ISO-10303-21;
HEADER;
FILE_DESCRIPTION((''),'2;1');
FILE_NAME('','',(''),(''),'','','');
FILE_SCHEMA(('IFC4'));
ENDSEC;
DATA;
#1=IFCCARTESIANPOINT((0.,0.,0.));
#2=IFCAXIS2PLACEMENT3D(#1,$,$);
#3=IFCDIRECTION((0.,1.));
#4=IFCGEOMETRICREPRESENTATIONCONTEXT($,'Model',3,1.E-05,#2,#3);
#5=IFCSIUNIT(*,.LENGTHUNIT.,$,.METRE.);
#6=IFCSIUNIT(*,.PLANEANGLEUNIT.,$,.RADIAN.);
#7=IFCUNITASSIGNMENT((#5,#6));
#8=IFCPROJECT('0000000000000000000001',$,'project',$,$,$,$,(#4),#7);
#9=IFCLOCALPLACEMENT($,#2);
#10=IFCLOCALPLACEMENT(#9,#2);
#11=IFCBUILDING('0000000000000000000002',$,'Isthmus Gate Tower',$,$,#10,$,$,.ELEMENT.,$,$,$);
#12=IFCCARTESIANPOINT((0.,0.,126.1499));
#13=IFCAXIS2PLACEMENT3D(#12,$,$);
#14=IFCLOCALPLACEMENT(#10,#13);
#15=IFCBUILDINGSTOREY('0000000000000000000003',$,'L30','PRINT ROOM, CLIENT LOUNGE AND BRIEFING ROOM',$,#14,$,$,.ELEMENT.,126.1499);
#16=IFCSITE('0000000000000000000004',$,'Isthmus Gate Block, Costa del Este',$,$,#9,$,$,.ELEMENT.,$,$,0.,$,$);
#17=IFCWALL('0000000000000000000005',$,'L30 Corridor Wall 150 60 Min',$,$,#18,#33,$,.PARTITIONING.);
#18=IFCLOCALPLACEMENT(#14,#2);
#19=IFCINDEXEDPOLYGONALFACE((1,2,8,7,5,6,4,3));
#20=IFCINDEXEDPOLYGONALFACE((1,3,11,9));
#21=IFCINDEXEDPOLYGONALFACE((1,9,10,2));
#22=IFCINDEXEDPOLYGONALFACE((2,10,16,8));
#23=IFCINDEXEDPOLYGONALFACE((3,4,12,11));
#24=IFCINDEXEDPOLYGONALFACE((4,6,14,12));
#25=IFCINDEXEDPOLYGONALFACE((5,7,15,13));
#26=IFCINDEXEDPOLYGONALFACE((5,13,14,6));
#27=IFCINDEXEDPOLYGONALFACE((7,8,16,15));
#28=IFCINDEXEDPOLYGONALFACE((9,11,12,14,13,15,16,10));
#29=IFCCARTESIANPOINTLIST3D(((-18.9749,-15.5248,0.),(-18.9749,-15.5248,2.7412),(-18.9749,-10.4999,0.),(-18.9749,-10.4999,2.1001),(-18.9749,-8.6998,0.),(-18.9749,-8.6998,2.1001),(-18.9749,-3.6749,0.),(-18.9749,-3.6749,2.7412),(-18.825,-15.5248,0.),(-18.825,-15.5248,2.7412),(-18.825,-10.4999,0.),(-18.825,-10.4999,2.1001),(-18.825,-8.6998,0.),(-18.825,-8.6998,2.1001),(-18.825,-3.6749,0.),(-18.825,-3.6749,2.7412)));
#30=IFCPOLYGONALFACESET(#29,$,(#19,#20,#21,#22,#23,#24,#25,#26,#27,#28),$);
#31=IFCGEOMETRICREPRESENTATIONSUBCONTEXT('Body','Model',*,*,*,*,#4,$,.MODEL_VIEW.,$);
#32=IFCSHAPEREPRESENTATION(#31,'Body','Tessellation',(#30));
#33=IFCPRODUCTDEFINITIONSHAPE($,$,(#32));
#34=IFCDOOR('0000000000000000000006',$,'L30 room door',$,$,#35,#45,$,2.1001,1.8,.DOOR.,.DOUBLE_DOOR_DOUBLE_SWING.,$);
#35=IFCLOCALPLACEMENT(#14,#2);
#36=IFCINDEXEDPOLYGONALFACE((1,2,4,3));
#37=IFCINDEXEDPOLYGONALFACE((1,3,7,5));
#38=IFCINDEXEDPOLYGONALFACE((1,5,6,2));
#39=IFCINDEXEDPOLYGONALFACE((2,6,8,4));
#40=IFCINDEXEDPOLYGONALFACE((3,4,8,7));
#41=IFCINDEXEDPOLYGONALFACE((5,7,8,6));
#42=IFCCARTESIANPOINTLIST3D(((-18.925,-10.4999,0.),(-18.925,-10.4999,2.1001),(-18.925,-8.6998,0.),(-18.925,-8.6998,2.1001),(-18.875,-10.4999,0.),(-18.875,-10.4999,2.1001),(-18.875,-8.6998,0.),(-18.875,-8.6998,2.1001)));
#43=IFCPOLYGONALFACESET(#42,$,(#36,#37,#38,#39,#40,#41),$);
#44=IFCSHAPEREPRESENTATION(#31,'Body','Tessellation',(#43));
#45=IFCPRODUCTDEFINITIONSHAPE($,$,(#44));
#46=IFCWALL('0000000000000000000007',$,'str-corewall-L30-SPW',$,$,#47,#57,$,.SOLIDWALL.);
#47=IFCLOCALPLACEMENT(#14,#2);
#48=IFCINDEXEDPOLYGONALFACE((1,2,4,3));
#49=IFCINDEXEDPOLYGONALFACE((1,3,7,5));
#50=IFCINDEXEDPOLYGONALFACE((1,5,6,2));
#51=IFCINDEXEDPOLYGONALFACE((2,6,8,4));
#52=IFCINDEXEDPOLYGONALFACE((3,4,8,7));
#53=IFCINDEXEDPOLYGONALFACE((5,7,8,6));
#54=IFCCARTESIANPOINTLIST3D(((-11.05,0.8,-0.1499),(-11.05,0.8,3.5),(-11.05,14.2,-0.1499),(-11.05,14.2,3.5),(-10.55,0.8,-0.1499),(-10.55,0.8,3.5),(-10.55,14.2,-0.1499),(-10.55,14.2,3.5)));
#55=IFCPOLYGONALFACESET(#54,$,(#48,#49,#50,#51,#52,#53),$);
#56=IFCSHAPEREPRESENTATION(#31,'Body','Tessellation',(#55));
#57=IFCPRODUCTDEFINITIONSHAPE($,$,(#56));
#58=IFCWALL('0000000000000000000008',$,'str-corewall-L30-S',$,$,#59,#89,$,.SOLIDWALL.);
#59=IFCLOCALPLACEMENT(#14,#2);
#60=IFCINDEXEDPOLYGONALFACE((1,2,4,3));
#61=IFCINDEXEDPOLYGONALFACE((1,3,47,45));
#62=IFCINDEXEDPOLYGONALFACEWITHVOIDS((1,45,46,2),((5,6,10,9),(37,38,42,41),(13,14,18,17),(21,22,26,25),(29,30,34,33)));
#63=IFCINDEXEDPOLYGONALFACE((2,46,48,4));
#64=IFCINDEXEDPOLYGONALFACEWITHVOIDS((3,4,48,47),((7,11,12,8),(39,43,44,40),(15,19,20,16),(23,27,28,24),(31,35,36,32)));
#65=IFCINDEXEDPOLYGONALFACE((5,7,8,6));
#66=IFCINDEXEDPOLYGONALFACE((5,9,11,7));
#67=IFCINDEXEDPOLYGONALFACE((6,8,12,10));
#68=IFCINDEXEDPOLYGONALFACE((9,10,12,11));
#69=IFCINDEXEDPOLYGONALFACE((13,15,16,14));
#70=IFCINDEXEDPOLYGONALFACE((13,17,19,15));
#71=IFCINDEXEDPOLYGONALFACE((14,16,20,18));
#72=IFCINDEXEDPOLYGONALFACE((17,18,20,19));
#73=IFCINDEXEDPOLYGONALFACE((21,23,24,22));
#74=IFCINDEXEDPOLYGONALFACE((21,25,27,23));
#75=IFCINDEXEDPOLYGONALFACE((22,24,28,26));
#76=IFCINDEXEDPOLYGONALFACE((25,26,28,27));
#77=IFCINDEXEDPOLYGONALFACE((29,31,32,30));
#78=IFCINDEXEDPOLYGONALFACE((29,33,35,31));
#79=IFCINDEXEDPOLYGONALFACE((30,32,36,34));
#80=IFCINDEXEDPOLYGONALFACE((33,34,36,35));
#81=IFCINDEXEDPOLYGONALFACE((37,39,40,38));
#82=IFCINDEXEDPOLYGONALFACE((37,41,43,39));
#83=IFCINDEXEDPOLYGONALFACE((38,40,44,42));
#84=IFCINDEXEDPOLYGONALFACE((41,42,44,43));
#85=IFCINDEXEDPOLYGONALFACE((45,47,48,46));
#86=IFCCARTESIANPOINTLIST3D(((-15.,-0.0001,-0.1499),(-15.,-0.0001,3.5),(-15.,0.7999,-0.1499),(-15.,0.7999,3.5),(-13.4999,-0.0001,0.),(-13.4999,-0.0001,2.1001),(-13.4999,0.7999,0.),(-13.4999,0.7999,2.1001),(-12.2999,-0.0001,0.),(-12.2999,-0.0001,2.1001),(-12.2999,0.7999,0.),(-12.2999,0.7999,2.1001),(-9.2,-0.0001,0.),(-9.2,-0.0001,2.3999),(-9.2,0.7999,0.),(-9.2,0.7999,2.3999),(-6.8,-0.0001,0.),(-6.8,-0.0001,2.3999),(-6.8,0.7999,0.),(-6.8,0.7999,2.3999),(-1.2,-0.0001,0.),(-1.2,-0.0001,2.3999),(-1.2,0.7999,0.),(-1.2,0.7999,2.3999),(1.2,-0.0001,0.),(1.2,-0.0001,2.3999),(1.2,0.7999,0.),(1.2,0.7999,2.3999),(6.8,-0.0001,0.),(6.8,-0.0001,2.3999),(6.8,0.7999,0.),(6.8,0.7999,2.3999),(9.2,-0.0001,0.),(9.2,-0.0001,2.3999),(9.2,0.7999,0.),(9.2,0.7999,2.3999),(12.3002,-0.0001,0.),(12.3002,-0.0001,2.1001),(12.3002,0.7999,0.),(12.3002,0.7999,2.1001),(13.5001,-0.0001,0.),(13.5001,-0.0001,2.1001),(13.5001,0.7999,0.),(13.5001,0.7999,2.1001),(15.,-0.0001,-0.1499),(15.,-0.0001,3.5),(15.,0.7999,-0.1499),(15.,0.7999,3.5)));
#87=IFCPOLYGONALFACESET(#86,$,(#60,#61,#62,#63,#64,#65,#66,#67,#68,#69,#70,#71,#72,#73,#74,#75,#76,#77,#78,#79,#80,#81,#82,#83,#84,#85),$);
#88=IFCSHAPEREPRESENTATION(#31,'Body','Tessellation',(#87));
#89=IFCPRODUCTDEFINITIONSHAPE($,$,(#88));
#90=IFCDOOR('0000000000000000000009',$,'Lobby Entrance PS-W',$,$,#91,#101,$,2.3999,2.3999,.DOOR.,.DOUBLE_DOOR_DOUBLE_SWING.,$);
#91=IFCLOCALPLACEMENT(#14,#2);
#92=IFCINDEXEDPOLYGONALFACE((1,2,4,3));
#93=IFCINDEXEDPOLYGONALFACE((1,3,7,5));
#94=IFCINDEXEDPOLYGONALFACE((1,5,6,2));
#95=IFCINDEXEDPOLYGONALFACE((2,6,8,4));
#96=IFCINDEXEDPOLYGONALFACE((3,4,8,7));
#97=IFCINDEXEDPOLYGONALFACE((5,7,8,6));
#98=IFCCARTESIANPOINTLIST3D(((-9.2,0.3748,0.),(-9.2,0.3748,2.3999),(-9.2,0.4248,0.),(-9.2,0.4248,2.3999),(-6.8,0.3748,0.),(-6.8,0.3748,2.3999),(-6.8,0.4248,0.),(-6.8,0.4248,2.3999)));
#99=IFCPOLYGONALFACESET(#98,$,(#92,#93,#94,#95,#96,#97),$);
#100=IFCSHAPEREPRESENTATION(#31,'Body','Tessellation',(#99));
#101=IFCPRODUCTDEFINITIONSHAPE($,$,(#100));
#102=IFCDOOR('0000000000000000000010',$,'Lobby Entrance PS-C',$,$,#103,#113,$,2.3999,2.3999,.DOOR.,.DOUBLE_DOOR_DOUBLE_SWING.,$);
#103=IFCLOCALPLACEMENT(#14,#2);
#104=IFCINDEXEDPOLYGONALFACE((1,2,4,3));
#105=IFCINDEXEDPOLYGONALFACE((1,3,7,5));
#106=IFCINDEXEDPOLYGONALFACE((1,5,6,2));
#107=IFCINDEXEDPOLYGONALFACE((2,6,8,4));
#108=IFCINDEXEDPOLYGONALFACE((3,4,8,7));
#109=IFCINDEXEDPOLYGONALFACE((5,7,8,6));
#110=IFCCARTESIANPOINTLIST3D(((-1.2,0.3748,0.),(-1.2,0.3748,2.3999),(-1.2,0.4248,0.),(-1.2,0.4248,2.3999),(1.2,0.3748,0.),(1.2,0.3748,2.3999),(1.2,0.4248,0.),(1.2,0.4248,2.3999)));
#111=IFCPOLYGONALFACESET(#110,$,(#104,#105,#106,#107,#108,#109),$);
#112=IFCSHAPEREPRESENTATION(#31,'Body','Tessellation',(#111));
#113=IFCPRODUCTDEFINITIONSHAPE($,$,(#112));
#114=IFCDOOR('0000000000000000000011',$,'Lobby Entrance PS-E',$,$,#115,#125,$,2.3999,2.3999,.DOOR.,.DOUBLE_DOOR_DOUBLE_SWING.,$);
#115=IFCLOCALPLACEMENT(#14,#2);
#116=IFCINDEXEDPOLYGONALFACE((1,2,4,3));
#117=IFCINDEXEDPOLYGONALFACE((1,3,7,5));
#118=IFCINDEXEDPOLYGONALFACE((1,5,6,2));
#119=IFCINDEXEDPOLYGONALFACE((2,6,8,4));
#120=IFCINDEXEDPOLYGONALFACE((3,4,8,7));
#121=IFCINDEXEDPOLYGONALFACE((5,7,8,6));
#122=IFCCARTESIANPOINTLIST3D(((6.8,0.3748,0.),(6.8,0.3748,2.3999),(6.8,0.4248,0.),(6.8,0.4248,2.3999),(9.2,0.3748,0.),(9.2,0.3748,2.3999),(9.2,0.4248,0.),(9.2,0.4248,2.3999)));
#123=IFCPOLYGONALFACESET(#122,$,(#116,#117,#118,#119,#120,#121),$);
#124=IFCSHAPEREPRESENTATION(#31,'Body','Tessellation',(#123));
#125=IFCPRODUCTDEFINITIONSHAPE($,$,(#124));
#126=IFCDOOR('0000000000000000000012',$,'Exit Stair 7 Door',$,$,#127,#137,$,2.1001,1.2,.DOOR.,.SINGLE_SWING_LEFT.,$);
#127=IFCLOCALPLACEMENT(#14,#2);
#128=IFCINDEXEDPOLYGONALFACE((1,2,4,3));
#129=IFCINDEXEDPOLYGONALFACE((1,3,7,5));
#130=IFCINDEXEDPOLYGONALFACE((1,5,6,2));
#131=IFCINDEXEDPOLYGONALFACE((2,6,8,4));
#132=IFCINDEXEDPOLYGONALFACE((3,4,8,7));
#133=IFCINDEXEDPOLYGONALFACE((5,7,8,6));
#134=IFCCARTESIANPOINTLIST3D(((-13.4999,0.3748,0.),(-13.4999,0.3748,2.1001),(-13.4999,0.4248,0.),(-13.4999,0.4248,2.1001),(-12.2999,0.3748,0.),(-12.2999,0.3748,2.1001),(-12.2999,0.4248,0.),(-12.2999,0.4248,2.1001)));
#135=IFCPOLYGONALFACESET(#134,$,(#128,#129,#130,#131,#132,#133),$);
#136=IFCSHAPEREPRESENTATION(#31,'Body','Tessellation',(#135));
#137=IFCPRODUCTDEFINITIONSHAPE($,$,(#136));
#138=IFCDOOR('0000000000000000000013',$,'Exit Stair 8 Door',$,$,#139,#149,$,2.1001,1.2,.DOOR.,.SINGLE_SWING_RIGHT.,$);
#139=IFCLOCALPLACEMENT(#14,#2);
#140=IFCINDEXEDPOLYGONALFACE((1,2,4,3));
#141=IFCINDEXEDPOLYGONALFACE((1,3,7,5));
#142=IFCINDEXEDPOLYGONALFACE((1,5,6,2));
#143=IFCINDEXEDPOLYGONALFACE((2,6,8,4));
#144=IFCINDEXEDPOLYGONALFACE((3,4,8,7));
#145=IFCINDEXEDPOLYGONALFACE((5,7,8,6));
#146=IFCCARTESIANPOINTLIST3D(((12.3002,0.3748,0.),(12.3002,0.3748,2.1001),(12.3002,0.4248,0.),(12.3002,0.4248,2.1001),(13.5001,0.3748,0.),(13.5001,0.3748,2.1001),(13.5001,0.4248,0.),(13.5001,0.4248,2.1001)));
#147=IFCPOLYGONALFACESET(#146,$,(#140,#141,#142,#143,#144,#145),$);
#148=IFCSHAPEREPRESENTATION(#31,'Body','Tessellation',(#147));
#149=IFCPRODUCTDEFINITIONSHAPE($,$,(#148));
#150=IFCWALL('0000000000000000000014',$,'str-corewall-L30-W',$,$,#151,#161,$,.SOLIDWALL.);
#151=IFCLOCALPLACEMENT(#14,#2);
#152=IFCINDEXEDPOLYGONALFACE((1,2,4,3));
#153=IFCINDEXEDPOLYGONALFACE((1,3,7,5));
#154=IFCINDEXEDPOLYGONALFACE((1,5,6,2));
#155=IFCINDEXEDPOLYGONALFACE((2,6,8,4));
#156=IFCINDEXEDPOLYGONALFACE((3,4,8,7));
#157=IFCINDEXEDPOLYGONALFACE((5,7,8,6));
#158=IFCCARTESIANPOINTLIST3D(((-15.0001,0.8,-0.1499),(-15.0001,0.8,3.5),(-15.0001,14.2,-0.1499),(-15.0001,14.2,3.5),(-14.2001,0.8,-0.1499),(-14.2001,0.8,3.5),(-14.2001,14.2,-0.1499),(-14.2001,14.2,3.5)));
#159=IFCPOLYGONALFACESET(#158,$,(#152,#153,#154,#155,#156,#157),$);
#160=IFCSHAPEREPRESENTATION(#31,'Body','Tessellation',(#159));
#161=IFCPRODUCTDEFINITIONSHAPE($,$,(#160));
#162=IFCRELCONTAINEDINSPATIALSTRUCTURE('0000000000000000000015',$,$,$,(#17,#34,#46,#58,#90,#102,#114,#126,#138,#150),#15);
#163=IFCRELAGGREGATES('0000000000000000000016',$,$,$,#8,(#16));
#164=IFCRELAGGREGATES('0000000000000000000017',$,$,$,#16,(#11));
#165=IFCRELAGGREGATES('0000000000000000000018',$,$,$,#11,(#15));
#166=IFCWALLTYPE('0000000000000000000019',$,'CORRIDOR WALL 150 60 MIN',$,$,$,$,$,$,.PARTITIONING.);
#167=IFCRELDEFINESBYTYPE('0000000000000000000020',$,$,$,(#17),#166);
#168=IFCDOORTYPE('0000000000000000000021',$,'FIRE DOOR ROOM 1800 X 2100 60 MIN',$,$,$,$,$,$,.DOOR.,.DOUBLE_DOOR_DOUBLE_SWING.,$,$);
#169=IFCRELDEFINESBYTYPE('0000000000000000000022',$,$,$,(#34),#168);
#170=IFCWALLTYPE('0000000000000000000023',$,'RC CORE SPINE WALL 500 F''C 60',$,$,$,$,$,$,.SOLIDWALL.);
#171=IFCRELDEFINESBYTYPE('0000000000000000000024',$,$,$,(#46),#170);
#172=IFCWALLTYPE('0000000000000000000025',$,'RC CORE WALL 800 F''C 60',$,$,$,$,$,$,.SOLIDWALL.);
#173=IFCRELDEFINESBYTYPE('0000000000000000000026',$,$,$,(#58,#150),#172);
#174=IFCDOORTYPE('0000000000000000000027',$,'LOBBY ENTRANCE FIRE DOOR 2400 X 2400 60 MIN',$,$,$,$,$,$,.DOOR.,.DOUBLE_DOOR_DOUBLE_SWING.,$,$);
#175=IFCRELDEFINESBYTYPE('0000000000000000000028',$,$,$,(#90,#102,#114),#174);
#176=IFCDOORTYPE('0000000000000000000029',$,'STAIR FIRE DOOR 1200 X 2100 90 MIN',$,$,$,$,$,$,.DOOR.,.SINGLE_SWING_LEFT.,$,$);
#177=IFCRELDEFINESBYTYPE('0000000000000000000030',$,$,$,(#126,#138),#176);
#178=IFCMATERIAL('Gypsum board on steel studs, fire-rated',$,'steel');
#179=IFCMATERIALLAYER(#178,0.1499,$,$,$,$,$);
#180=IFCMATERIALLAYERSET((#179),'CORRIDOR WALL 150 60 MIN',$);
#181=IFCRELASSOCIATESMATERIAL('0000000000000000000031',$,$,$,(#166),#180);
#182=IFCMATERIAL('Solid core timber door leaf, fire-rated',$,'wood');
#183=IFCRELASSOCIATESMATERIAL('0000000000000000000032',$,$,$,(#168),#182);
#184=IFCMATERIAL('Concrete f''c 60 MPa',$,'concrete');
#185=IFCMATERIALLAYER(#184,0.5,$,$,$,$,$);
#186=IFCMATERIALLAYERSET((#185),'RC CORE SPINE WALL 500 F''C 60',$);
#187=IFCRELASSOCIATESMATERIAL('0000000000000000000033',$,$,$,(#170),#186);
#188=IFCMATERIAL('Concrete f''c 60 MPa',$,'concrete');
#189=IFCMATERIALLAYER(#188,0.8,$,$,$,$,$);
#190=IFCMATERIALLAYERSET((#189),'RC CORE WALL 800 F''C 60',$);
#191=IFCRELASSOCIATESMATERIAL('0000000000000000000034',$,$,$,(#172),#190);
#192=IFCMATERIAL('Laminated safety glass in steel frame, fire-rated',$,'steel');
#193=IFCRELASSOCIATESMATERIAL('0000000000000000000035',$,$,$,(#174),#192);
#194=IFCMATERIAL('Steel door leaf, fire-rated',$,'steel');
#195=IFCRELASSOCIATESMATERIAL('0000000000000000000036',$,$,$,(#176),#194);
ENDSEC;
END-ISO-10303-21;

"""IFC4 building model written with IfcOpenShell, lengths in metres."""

from ifc_helpers import new_model, si_unit, direction, frame, frame_2d, origin, place, context, subcontext, project, spatial, rectangle, extrude, material, layer, layer_set, type_object, element, fill, save


model = new_model("IFC4")

# Units and contexts
model_context = context("Model", 3, precision=1e-05, world=origin(), true_north=direction((0.0, 1.0)))
body_context = subcontext(model_context, "Body", "Model", "MODEL_VIEW")
ifc_project = project(units=[si_unit("LENGTHUNIT", "METRE"), si_unit("PLANEANGLEUNIT", "RADIAN")], contexts=[model_context])

# Site, building, storey
site_placement = place(None, origin())
site = spatial("IfcSite", under=ifc_project, at=site_placement, Name="Isthmus Gate Block, Costa del Este", CompositionType="ELEMENT", RefElevation=0.0)
building_placement = place(site_placement, origin())
building = spatial("IfcBuilding", under=site, at=building_placement, Name="Isthmus Gate Tower", CompositionType="ELEMENT")
storey_placement = place(building_placement, frame((0.0, 0.0, 126.1499)))
storey = spatial("IfcBuildingStorey", under=building, at=storey_placement, Name="L30", Description="PRINT ROOM, CLIENT LOUNGE AND BRIEFING ROOM", CompositionType="ELEMENT", Elevation=126.1499)

# Shared definitions
ifc_material_1 = material(Name="Gypsum board on steel studs, fire-rated", Category="steel")
ifc_layer_1 = layer(ifc_material_1, 0.1499)
ifc_layer_set_1 = layer_set([ifc_layer_1], Name="CORRIDOR WALL 150 60 MIN")
wall_type_1 = type_object("IfcWallType", Name="CORRIDOR WALL 150 60 MIN", PredefinedType="PARTITIONING", material=ifc_layer_set_1)

# Wall, opening, door
wall_1_placement = place(storey_placement, frame((-18.8999, -3.675, 0.0), z_axis=(0.0, 0.0, 1.0), x_axis=(0.0, -1.0, 0.0)))
wall_1 = element("IfcWall", 1, at=wall_1_placement, inside=storey, type_object=wall_type_1, Name="L30 Corridor Wall 150 60 Min", PredefinedType="PARTITIONING", context=body_context, shape_type="SweptSolid", body=[
    extrude(rectangle(XDim=11.8499, YDim=0.1499, at=frame_2d((5.9248, 0.0))), origin(), (0.0, 0.0, 1.0), 2.7412),
])
opening_1_placement = place(wall_1_placement, frame((5.0249, 0.0, 0.0)))
opening_1 = element("IfcOpeningElement", 2, at=opening_1_placement, cuts=wall_1, PredefinedType="OPENING", context=body_context, shape_type="SweptSolid", body=[
    extrude(rectangle(XDim=1.8, YDim=2.1001, at=frame_2d((0.8999, 1.05))), frame((0.0, 0.085, 0.0), z_axis=(0.0, -1.0, 0.0), x_axis=(1.0, 0.0, 0.0)), (0.0, 0.0, 1.0), 0.1699),
])
ifc_material_2 = material(Name="Solid core timber door leaf, fire-rated", Category="wood")
door_type_1 = type_object("IfcDoorType", Name="FIRE DOOR ROOM 1800 X 2100 60 MIN", OperationType="DOUBLE_DOOR_DOUBLE_SWING", PredefinedType="DOOR", material=ifc_material_2)
door_1_placement = place(opening_1_placement, origin())
door_1 = element("IfcDoor", 3, at=door_1_placement, inside=storey, type_object=door_type_1, Name="L30 room door", OperationType="DOUBLE_DOOR_DOUBLE_SWING", OverallHeight=2.1001, OverallWidth=1.8, PredefinedType="DOOR", context=body_context, shape_type="SweptSolid", body=[
    extrude(rectangle(XDim=1.8, YDim=2.1001, at=frame_2d((0.8999, 1.05))), frame((0.0, 0.0249, 0.0), z_axis=(0.0, -1.0, 0.0), x_axis=(1.0, 0.0, 0.0)), (0.0, 0.0, 1.0), 0.05),
])
fill(opening_1, door_1)

# Wall
ifc_material_3 = material(Name="Concrete f'c 60 MPa", Category="concrete")
ifc_layer_2 = layer(ifc_material_3, 0.5)
ifc_layer_set_2 = layer_set([ifc_layer_2], Name="RC CORE SPINE WALL 500 F'C 60")
wall_type_2 = type_object("IfcWallType", Name="RC CORE SPINE WALL 500 F'C 60", PredefinedType="SOLIDWALL", material=ifc_layer_set_2)
wall_2_placement = place(storey_placement, frame((-10.8, 0.8, -0.1499), z_axis=(0.0, 0.0, 1.0), x_axis=(0.0, 1.0, 0.0)))
element("IfcWall", 4, at=wall_2_placement, inside=storey, type_object=wall_type_2, Name="str-corewall-L30-SPW", PredefinedType="SOLIDWALL", context=body_context, shape_type="SweptSolid", body=[
    extrude(rectangle(XDim=13.3999, YDim=0.5, at=frame_2d((6.7, 0.0))), origin(), (0.0, 0.0, 1.0), 3.6499),
])

# Wall, openings, doors
ifc_material_4 = material(Name="Concrete f'c 60 MPa", Category="concrete")
ifc_layer_3 = layer(ifc_material_4, 0.8)
ifc_layer_set_3 = layer_set([ifc_layer_3], Name="RC CORE WALL 800 F'C 60")
wall_type_3 = type_object("IfcWallType", Name="RC CORE WALL 800 F'C 60", PredefinedType="SOLIDWALL", material=ifc_layer_set_3)
wall_3_placement = place(storey_placement, frame((-15.0, 0.3999, -0.1499), z_axis=(0.0, 0.0, 1.0), x_axis=(1.0, 0.0, 0.0)))
wall_3 = element("IfcWall", 5, at=wall_3_placement, inside=storey, type_object=wall_type_3, Name="str-corewall-L30-S", PredefinedType="SOLIDWALL", context=body_context, shape_type="SweptSolid", body=[
    extrude(rectangle(XDim=30.0, YDim=0.8, at=frame_2d((15.0, 0.0))), origin(), (0.0, 0.0, 1.0), 3.6499),
])
opening_2_placement = place(wall_3_placement, frame((5.8, 0.0, 0.1499)))
opening_2 = element("IfcOpeningElement", 6, at=opening_2_placement, cuts=wall_3, PredefinedType="OPENING", context=body_context, shape_type="SweptSolid", body=[
    extrude(rectangle(XDim=2.3999, YDim=2.3999, at=frame_2d((1.2, 1.2))), frame((0.0, 0.4099, 0.0), z_axis=(0.0, -1.0, 0.0), x_axis=(1.0, 0.0, 0.0)), (0.0, 0.0, 1.0), 0.8201),
])
opening_3_placement = place(wall_3_placement, frame((13.8, 0.0, 0.1499)))
opening_3 = element("IfcOpeningElement", 7, at=opening_3_placement, cuts=wall_3, PredefinedType="OPENING", context=body_context, shape_type="SweptSolid", body=[
    extrude(rectangle(XDim=2.3999, YDim=2.3999, at=frame_2d((1.2, 1.2))), frame((0.0, 0.4099, 0.0), z_axis=(0.0, -1.0, 0.0), x_axis=(1.0, 0.0, 0.0)), (0.0, 0.0, 1.0), 0.8201),
])
opening_4_placement = place(wall_3_placement, frame((21.8, 0.0, 0.1499)))
opening_4 = element("IfcOpeningElement", 8, at=opening_4_placement, cuts=wall_3, PredefinedType="OPENING", context=body_context, shape_type="SweptSolid", body=[
    extrude(rectangle(XDim=2.3999, YDim=2.3999, at=frame_2d((1.2, 1.2))), frame((0.0, 0.4099, 0.0), z_axis=(0.0, -1.0, 0.0), x_axis=(1.0, 0.0, 0.0)), (0.0, 0.0, 1.0), 0.8201),
])
opening_5_placement = place(wall_3_placement, frame((1.5, 0.0, 0.1499)))
opening_5 = element("IfcOpeningElement", 9, at=opening_5_placement, cuts=wall_3, PredefinedType="OPENING", context=body_context, shape_type="SweptSolid", body=[
    extrude(rectangle(XDim=1.2, YDim=2.1001, at=frame_2d((0.6001, 1.05))), frame((0.0, 0.4099, 0.0), z_axis=(0.0, -1.0, 0.0), x_axis=(1.0, 0.0, 0.0)), (0.0, 0.0, 1.0), 0.8201),
])
opening_6_placement = place(wall_3_placement, frame((27.3, 0.0, 0.1499)))
opening_6 = element("IfcOpeningElement", 10, at=opening_6_placement, cuts=wall_3, PredefinedType="OPENING", context=body_context, shape_type="SweptSolid", body=[
    extrude(rectangle(XDim=1.2, YDim=2.1001, at=frame_2d((0.6001, 1.05))), frame((0.0, 0.4099, 0.0), z_axis=(0.0, -1.0, 0.0), x_axis=(1.0, 0.0, 0.0)), (0.0, 0.0, 1.0), 0.8201),
])
ifc_material_5 = material(Name="Laminated safety glass in steel frame, fire-rated", Category="steel")
door_type_2 = type_object("IfcDoorType", Name="LOBBY ENTRANCE FIRE DOOR 2400 X 2400 60 MIN", OperationType="DOUBLE_DOOR_DOUBLE_SWING", PredefinedType="DOOR", material=ifc_material_5)
door_2_placement = place(opening_2_placement, origin())
door_2 = element("IfcDoor", 11, at=door_2_placement, inside=storey, type_object=door_type_2, Name="Lobby Entrance PS-W", OperationType="DOUBLE_DOOR_DOUBLE_SWING", OverallHeight=2.3999, OverallWidth=2.3999, PredefinedType="DOOR", context=body_context, shape_type="SweptSolid", body=[
    extrude(rectangle(XDim=2.3999, YDim=2.3999, at=frame_2d((1.2, 1.2))), frame((0.0, 0.0249, 0.0), z_axis=(0.0, -1.0, 0.0), x_axis=(1.0, 0.0, 0.0)), (0.0, 0.0, 1.0), 0.05),
])
fill(opening_2, door_2)
door_3_placement = place(opening_3_placement, origin())
door_3 = element("IfcDoor", 12, at=door_3_placement, inside=storey, type_object=door_type_2, Name="Lobby Entrance PS-C", OperationType="DOUBLE_DOOR_DOUBLE_SWING", OverallHeight=2.3999, OverallWidth=2.3999, PredefinedType="DOOR", context=body_context, shape_type="SweptSolid", body=[
    extrude(rectangle(XDim=2.3999, YDim=2.3999, at=frame_2d((1.2, 1.2))), frame((0.0, 0.0249, 0.0), z_axis=(0.0, -1.0, 0.0), x_axis=(1.0, 0.0, 0.0)), (0.0, 0.0, 1.0), 0.05),
])
fill(opening_3, door_3)
door_4_placement = place(opening_4_placement, origin())
door_4 = element("IfcDoor", 13, at=door_4_placement, inside=storey, type_object=door_type_2, Name="Lobby Entrance PS-E", OperationType="DOUBLE_DOOR_DOUBLE_SWING", OverallHeight=2.3999, OverallWidth=2.3999, PredefinedType="DOOR", context=body_context, shape_type="SweptSolid", body=[
    extrude(rectangle(XDim=2.3999, YDim=2.3999, at=frame_2d((1.2, 1.2))), frame((0.0, 0.0249, 0.0), z_axis=(0.0, -1.0, 0.0), x_axis=(1.0, 0.0, 0.0)), (0.0, 0.0, 1.0), 0.05),
])
fill(opening_4, door_4)
ifc_material_6 = material(Name="Steel door leaf, fire-rated", Category="steel")
door_type_3 = type_object("IfcDoorType", Name="STAIR FIRE DOOR 1200 X 2100 90 MIN", OperationType="SINGLE_SWING_LEFT", PredefinedType="DOOR", material=ifc_material_6)
door_5_placement = place(opening_5_placement, origin())
door_5 = element("IfcDoor", 14, at=door_5_placement, inside=storey, type_object=door_type_3, Name="Exit Stair 7 Door", OperationType="SINGLE_SWING_LEFT", OverallHeight=2.1001, OverallWidth=1.2, PredefinedType="DOOR", context=body_context, shape_type="SweptSolid", body=[
    extrude(rectangle(XDim=1.2, YDim=2.1001, at=frame_2d((0.6001, 1.05))), frame((0.0, 0.0249, 0.0), z_axis=(0.0, -1.0, 0.0), x_axis=(1.0, 0.0, 0.0)), (0.0, 0.0, 1.0), 0.05),
])
fill(opening_5, door_5)
door_6_placement = place(opening_6_placement, origin())
door_6 = element("IfcDoor", 15, at=door_6_placement, inside=storey, type_object=door_type_3, Name="Exit Stair 8 Door", OperationType="SINGLE_SWING_RIGHT", OverallHeight=2.1001, OverallWidth=1.2, PredefinedType="DOOR", context=body_context, shape_type="SweptSolid", body=[
    extrude(rectangle(XDim=1.2, YDim=2.1001, at=frame_2d((0.6001, 1.05))), frame((0.0, 0.0249, 0.0), z_axis=(0.0, -1.0, 0.0), x_axis=(1.0, 0.0, 0.0)), (0.0, 0.0, 1.0), 0.05),
])
fill(opening_6, door_6)

# Wall
wall_4_placement = place(storey_placement, frame((-14.6001, 0.8, -0.1499), z_axis=(0.0, 0.0, 1.0), x_axis=(0.0, 1.0, 0.0)))
element("IfcWall", 16, at=wall_4_placement, inside=storey, type_object=wall_type_3, Name="str-corewall-L30-W", PredefinedType="SOLIDWALL", context=body_context, shape_type="SweptSolid", body=[
    extrude(rectangle(XDim=13.3999, YDim=0.8, at=frame_2d((6.7, 0.0))), origin(), (0.0, 0.0, 1.0), 3.6499),
])

save(model, "model.ifc")
